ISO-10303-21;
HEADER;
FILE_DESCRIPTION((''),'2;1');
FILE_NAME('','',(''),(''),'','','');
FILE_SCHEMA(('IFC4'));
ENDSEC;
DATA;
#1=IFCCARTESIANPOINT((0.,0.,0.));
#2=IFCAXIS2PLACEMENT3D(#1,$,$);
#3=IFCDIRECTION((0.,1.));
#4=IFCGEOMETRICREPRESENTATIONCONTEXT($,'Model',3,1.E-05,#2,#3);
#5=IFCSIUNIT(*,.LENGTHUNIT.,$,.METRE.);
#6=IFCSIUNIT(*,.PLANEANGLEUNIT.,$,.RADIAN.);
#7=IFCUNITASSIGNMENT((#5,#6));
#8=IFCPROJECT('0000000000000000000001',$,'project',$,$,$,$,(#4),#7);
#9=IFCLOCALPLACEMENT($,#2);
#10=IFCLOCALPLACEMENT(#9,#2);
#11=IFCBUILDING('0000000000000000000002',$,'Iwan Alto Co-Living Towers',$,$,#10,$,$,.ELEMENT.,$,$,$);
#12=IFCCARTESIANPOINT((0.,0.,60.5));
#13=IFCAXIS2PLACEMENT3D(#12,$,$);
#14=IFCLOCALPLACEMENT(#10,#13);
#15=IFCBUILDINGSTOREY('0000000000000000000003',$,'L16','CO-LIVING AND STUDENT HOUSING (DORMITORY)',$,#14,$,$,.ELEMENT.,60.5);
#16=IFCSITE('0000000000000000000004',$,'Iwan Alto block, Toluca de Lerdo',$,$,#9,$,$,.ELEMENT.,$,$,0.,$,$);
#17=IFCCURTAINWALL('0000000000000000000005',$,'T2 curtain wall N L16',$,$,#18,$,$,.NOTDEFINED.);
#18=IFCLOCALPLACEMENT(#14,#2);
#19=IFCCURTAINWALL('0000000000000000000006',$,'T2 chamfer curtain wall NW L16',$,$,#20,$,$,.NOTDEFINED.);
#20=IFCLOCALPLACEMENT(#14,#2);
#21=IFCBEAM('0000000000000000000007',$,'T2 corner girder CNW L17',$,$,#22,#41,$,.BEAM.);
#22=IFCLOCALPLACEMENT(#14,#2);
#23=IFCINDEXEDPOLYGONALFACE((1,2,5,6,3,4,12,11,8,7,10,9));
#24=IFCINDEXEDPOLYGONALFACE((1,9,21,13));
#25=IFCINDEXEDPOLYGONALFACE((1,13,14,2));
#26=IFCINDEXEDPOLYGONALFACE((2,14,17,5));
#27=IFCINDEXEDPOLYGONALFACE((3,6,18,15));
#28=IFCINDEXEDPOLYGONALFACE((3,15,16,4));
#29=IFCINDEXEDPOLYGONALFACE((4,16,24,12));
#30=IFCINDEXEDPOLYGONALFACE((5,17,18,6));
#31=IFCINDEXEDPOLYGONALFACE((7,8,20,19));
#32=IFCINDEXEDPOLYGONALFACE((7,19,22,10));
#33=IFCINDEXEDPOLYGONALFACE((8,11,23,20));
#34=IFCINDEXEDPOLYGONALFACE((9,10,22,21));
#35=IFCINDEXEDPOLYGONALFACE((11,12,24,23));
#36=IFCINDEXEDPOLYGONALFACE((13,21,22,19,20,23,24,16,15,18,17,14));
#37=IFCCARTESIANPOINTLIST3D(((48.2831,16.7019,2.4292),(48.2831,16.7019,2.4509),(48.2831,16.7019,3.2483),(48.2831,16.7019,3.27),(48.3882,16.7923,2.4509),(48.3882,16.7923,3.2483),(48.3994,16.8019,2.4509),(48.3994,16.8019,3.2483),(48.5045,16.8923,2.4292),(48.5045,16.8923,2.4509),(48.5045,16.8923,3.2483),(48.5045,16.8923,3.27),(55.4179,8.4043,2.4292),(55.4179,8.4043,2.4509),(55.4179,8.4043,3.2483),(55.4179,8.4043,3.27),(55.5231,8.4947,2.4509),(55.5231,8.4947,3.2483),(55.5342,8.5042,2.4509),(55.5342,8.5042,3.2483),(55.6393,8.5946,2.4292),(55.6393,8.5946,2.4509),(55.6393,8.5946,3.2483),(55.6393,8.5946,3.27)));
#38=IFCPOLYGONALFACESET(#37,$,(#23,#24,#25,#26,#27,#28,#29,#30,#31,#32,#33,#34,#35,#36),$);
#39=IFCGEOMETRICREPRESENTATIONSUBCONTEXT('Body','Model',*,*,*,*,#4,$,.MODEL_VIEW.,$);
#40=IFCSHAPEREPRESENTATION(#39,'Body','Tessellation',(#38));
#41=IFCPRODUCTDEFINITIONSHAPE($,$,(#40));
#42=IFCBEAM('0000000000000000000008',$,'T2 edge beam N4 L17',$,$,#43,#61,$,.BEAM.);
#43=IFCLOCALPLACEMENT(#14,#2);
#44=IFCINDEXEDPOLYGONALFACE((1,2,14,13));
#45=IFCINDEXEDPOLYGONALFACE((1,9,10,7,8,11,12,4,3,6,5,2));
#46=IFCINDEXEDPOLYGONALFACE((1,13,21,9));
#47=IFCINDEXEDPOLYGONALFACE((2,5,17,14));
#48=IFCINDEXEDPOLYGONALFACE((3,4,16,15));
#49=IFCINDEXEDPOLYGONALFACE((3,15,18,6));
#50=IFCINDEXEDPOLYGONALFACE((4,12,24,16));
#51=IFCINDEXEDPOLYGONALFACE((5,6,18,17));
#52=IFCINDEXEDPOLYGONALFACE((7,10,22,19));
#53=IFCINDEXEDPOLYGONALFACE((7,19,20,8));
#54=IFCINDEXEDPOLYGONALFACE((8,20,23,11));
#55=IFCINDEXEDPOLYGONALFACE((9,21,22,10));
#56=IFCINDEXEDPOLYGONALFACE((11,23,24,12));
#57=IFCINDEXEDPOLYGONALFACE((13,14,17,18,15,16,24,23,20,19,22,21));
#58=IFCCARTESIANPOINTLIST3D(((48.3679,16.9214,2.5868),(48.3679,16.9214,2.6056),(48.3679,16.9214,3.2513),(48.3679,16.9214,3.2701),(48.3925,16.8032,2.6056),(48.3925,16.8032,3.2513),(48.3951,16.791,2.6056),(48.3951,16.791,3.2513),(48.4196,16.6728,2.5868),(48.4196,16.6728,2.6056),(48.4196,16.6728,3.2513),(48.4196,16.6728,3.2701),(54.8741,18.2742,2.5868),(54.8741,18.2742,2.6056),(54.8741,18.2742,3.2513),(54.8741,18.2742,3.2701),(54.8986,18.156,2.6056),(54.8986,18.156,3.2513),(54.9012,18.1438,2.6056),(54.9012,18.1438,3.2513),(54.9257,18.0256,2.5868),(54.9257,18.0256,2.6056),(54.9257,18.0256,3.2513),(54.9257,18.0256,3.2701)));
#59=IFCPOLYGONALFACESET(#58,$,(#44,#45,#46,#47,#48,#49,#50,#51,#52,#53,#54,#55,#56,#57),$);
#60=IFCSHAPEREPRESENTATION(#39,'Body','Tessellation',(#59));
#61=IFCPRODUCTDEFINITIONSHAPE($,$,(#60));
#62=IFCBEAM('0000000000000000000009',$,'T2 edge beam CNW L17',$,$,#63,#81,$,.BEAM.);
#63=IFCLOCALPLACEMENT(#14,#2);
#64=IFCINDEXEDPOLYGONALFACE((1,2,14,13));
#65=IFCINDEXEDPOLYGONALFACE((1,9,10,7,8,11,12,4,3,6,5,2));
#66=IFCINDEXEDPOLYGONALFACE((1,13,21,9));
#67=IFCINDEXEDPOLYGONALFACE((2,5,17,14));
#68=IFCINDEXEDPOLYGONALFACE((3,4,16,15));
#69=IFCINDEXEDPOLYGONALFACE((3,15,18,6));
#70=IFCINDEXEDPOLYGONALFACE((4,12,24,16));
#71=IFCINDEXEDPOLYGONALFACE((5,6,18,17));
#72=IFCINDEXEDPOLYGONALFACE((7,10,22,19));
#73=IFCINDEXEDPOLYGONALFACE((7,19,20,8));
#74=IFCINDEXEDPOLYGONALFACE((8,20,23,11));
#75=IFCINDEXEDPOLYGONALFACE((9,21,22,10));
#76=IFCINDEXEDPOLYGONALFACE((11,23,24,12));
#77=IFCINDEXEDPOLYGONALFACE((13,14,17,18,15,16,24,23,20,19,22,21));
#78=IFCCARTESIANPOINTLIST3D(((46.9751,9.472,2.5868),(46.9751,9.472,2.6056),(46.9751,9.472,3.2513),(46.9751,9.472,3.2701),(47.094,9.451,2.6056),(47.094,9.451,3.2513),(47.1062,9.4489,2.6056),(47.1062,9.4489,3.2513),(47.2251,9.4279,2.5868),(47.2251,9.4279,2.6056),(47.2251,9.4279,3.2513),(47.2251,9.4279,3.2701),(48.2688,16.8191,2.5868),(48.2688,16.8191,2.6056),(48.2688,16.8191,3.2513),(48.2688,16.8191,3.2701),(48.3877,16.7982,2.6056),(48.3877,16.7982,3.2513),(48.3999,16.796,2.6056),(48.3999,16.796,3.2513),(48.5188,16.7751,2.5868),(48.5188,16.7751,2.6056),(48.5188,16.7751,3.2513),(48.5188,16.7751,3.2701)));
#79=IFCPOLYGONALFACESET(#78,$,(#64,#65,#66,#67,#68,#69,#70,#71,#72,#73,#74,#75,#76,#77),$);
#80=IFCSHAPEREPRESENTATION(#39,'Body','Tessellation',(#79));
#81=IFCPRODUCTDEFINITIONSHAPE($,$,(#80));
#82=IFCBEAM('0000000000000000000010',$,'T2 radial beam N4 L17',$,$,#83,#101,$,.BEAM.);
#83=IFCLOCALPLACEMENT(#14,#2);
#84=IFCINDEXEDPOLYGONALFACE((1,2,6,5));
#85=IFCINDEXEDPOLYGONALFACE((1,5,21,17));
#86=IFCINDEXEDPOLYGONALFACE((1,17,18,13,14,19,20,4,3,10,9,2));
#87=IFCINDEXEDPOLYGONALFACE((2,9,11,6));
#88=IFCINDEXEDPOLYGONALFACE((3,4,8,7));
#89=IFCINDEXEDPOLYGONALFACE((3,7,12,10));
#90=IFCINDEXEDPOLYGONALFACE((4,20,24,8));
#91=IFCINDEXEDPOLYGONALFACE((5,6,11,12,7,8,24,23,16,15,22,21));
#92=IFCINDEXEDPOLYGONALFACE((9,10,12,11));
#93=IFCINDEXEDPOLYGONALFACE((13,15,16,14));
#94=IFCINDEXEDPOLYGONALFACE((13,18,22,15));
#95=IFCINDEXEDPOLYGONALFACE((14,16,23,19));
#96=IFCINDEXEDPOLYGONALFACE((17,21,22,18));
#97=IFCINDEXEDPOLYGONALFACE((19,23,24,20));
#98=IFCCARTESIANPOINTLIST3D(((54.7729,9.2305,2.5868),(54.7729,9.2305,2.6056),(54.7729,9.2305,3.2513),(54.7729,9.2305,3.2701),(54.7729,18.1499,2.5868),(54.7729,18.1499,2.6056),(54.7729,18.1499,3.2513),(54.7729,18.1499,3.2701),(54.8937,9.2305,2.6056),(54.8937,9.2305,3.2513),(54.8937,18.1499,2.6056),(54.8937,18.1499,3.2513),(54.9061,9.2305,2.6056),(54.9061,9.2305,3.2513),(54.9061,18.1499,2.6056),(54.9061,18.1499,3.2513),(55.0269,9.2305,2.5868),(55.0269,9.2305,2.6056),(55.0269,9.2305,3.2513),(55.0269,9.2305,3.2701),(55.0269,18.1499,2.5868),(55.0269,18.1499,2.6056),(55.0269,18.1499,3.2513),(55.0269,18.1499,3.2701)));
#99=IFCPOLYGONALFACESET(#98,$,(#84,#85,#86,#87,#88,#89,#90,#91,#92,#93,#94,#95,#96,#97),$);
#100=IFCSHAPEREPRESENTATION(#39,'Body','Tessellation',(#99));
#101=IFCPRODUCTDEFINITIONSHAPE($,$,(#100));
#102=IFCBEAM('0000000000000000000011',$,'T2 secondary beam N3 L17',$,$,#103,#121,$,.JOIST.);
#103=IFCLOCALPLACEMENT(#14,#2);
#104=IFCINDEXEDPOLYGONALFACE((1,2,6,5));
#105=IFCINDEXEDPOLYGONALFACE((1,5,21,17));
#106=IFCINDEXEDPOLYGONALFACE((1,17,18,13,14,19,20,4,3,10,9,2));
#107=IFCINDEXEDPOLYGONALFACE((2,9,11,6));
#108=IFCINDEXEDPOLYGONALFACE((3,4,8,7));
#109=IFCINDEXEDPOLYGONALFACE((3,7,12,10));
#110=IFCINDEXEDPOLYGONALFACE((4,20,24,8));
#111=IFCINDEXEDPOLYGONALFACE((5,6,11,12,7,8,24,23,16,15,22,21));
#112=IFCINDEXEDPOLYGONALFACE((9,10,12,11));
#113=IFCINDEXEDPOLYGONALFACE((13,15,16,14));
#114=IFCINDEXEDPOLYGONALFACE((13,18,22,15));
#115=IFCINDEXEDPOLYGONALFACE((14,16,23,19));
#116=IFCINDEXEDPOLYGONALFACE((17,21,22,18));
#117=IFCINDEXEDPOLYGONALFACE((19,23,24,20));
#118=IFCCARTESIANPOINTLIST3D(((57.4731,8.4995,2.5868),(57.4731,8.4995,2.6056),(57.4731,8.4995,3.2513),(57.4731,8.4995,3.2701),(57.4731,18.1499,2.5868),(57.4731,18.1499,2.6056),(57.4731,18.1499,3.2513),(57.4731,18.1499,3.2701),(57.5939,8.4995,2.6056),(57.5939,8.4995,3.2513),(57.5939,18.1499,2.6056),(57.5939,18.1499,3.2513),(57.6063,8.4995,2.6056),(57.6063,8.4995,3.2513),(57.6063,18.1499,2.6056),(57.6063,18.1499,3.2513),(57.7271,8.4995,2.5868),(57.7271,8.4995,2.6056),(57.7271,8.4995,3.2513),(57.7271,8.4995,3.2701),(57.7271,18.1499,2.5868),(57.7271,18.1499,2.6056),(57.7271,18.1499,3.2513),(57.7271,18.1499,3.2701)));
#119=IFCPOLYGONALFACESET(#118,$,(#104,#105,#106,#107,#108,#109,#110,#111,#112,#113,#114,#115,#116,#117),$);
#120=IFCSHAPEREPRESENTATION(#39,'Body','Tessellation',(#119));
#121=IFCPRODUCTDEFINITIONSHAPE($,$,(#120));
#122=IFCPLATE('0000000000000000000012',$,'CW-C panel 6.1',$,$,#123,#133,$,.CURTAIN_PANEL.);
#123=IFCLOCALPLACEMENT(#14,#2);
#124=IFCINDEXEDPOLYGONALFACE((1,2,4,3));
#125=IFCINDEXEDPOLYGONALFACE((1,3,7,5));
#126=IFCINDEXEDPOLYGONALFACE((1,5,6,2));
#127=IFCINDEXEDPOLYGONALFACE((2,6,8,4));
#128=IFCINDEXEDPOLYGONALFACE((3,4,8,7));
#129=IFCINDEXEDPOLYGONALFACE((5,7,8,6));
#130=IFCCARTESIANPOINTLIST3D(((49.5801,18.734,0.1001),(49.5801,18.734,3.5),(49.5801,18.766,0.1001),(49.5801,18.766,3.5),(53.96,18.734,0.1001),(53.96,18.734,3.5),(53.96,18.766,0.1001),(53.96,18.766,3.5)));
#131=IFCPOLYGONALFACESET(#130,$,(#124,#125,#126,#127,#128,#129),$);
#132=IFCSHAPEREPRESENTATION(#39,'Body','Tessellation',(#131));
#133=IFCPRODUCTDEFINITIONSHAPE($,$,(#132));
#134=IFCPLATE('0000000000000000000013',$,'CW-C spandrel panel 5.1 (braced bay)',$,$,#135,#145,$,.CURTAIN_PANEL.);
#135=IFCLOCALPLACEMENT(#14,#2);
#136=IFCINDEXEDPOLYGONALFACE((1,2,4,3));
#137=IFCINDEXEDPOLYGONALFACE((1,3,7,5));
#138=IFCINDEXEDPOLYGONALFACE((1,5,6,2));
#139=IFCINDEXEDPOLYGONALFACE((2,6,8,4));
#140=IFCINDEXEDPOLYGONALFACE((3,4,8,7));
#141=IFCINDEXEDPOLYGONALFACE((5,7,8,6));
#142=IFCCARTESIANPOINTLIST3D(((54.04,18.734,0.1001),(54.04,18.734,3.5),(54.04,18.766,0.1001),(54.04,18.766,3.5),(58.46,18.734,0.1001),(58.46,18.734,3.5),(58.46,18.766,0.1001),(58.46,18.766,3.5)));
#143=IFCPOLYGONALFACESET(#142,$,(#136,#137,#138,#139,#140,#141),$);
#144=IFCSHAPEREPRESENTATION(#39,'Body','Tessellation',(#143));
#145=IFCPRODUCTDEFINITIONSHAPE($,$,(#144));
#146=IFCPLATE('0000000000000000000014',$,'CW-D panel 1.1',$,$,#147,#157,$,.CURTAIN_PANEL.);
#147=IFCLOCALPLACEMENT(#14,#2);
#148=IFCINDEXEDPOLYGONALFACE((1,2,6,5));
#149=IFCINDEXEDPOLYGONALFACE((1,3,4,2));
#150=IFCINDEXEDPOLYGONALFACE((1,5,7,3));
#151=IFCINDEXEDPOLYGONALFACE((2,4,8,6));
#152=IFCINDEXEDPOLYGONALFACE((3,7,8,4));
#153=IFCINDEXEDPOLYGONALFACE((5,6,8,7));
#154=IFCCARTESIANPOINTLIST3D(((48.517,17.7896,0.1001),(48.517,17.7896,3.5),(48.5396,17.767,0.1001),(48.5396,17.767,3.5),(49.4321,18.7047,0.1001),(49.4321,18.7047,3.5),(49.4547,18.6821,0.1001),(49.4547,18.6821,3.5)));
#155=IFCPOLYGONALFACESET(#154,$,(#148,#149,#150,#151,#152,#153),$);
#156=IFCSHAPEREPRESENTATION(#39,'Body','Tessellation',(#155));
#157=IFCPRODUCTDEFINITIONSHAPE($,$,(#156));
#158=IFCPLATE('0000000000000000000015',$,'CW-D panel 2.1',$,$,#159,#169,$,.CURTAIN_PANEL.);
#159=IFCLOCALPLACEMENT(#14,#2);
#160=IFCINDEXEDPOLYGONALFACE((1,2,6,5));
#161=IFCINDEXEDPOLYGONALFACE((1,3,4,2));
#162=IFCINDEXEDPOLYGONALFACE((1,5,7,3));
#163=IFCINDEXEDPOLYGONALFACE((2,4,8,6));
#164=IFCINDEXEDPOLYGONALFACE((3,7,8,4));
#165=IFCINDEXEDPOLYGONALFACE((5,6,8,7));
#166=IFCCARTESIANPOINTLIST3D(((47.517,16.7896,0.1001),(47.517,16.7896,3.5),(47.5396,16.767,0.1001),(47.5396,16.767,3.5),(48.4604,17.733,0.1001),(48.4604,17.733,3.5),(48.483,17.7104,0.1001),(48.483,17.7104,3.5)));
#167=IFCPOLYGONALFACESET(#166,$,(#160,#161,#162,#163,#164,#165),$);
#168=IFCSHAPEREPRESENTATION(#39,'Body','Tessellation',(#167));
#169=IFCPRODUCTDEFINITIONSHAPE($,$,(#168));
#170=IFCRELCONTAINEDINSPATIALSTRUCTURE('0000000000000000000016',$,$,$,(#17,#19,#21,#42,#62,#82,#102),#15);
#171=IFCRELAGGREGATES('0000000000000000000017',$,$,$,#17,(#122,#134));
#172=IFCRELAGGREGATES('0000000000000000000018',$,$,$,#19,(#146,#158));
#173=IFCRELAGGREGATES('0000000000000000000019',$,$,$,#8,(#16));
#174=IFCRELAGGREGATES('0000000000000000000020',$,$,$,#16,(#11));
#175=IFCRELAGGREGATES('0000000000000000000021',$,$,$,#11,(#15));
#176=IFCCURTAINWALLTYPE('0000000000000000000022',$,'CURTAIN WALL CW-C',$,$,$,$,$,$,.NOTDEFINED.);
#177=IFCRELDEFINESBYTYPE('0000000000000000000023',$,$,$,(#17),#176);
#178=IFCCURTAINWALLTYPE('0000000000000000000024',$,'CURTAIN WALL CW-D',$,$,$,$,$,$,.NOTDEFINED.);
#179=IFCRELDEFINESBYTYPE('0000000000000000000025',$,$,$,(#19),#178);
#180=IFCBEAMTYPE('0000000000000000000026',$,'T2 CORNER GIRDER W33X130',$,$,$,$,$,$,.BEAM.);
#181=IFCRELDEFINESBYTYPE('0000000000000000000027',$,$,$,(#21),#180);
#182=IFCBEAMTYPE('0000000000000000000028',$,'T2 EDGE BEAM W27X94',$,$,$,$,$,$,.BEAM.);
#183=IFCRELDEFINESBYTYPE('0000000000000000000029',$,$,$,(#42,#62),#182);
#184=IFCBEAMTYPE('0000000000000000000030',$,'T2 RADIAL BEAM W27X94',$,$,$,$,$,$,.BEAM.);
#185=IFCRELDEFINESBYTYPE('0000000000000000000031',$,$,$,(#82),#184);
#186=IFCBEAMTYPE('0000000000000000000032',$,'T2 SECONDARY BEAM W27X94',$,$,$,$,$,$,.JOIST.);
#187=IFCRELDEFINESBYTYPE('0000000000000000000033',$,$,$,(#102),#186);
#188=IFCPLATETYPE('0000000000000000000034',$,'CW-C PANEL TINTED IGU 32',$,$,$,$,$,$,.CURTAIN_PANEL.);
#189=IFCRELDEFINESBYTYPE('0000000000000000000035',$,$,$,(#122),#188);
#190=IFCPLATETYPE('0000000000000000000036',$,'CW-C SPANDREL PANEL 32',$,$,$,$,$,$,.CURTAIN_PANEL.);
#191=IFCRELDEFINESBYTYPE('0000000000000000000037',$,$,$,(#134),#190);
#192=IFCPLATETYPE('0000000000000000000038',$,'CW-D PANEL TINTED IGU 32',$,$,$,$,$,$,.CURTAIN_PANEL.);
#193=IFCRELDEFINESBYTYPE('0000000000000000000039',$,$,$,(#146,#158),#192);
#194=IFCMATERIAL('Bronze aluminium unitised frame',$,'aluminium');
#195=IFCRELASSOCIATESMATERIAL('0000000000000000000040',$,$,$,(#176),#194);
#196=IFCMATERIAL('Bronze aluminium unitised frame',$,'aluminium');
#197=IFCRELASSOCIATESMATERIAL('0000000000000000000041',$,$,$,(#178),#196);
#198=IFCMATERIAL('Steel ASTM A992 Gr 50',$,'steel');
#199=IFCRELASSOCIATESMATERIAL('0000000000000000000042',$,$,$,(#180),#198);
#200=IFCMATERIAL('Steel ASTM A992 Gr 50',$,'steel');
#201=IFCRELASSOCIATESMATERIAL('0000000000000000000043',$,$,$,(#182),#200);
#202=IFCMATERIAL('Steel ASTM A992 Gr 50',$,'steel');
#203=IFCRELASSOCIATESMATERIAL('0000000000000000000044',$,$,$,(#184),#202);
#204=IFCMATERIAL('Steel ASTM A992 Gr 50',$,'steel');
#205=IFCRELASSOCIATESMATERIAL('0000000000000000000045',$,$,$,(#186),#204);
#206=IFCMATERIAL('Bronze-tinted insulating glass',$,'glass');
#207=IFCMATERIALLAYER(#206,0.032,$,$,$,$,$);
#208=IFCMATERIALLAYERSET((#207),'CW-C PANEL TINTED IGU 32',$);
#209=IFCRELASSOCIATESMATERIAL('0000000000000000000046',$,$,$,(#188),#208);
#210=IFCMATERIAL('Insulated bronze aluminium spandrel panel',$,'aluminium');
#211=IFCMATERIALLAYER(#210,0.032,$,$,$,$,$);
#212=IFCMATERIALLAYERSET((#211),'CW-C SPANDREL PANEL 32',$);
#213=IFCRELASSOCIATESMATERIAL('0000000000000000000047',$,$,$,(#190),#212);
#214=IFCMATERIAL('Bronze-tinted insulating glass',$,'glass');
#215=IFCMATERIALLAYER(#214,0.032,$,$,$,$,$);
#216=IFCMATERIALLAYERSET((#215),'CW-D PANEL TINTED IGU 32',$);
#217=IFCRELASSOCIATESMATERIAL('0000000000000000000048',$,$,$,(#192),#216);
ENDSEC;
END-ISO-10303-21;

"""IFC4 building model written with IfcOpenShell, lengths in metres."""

from ifc_helpers import new_model, si_unit, direction, frame, origin, origin_2d, place, context, subcontext, project, spatial, rectangle, i_section, extrude, material, layer, layer_set, material_profile, profile_set, type_object, element, aggregate, save


model = new_model("IFC4")

# Units and contexts
model_context = context("Model", 3, precision=1e-05, world=origin(), true_north=direction((0.0, 1.0)))
body_context = subcontext(model_context, "Body", "Model", "MODEL_VIEW")
ifc_project = project(units=[si_unit("LENGTHUNIT", "METRE"), si_unit("PLANEANGLEUNIT", "RADIAN")], contexts=[model_context])

# Site, building, storey
site_placement = place(None, origin())
site = spatial("IfcSite", under=ifc_project, at=site_placement, Name="Iwan Alto block, Toluca de Lerdo", CompositionType="ELEMENT", RefElevation=0.0)
building_placement = place(site_placement, origin())
building = spatial("IfcBuilding", under=site, at=building_placement, Name="Iwan Alto Co-Living Towers", CompositionType="ELEMENT")
storey_placement = place(building_placement, frame((0.0, 0.0, 60.5)))
storey = spatial("IfcBuildingStorey", under=building, at=storey_placement, Name="L16", Description="CO-LIVING AND STUDENT HOUSING (DORMITORY)", CompositionType="ELEMENT", Elevation=60.5)

# Curtain walls
ifc_material_1 = material(Name="Bronze aluminium unitised frame", Category="aluminium")
curtain_wall_type_1 = type_object("IfcCurtainWallType", Name="CURTAIN WALL CW-C", PredefinedType="NOTDEFINED", material=ifc_material_1)
curtain_wall_1_placement = place(storey_placement, origin())
curtain_wall_1 = element("IfcCurtainWall", 1, at=curtain_wall_1_placement, inside=storey, type_object=curtain_wall_type_1, Name="T2 curtain wall N L16", PredefinedType="NOTDEFINED")
ifc_material_2 = material(Name="Bronze aluminium unitised frame", Category="aluminium")
curtain_wall_type_2 = type_object("IfcCurtainWallType", Name="CURTAIN WALL CW-D", PredefinedType="NOTDEFINED", material=ifc_material_2)
curtain_wall_2_placement = place(storey_placement, origin())
curtain_wall_2 = element("IfcCurtainWall", 2, at=curtain_wall_2_placement, inside=storey, type_object=curtain_wall_type_2, Name="T2 chamfer curtain wall NW L16", PredefinedType="NOTDEFINED")

# Beams
ifc_material_3 = material(Name="Steel ASTM A992 Gr 50", Category="steel")
ifc_material_profile_1 = material_profile(ifc_material_3, i_section(OverallWidth=0.292, OverallDepth=0.8408, WebThickness=0.0146, FlangeThickness=0.0217, at=origin_2d()), Name="W33X130")
ifc_profile_set_1 = profile_set([ifc_material_profile_1], Name="Steel ASTM A992 Gr 50")
beam_type_1 = type_object("IfcBeamType", Name="T2 CORNER GIRDER W33X130", PredefinedType="BEAM", material=ifc_profile_set_1)
beam_1_placement = place(storey_placement, frame((48.3938, 16.7971, 2.8496), z_axis=(0.651977, -0.758238, 0.0), x_axis=(0.758238, 0.651977, 0.0)))
element("IfcBeam", 3, at=beam_1_placement, inside=storey, type_object=beam_type_1, Name="T2 corner girder CNW L17", PredefinedType="BEAM", context=body_context, shape_type="SweptSolid", body=[
    extrude(i_section(OverallWidth=0.292, OverallDepth=0.8408, WebThickness=0.0146, FlangeThickness=0.0217, at=origin_2d()), origin(), (0.0, 0.0, 1.0), 10.9434),
])
ifc_material_4 = material(Name="Steel ASTM A992 Gr 50", Category="steel")
ifc_material_profile_2 = material_profile(ifc_material_4, i_section(OverallWidth=0.2539, OverallDepth=0.6833, WebThickness=0.0125, FlangeThickness=0.0188, at=origin_2d()), Name="W27X94")
ifc_profile_set_2 = profile_set([ifc_material_profile_2], Name="Steel ASTM A992 Gr 50")
beam_type_2 = type_object("IfcBeamType", Name="T2 EDGE BEAM W27X94", PredefinedType="BEAM", material=ifc_profile_set_2)
beam_2_placement = place(storey_placement, frame((54.8999, 18.1499, 2.9285), z_axis=(-0.97906, -0.203571, 0.0), x_axis=(0.203571, -0.97906, 0.0)))
element("IfcBeam", 4, at=beam_2_placement, inside=storey, type_object=beam_type_2, Name="T2 edge beam N4 L17", PredefinedType="BEAM", context=body_context, shape_type="SweptSolid", body=[
    extrude(i_section(OverallWidth=0.2539, OverallDepth=0.6833, WebThickness=0.0125, FlangeThickness=0.0188, at=origin_2d()), origin(), (0.0, 0.0, 1.0), 6.6453),
])
beam_3_placement = place(storey_placement, frame((48.3938, 16.7971, 2.9285), z_axis=(-0.173414, -0.984849, 0.0), x_axis=(0.984849, -0.173414, 0.0)))
element("IfcBeam", 5, at=beam_3_placement, inside=storey, type_object=beam_type_2, Name="T2 edge beam CNW L17", PredefinedType="BEAM", context=body_context, shape_type="SweptSolid", body=[
    extrude(i_section(OverallWidth=0.2539, OverallDepth=0.6833, WebThickness=0.0125, FlangeThickness=0.0188, at=origin_2d()), origin(), (0.0, 0.0, 1.0), 7.4602),
])
ifc_material_5 = material(Name="Steel ASTM A992 Gr 50", Category="steel")
ifc_material_profile_3 = material_profile(ifc_material_5, i_section(OverallWidth=0.2539, OverallDepth=0.6833, WebThickness=0.0125, FlangeThickness=0.0188, at=origin_2d()), Name="W27X94")
ifc_profile_set_3 = profile_set([ifc_material_profile_3], Name="Steel ASTM A992 Gr 50")
beam_type_3 = type_object("IfcBeamType", Name="T2 RADIAL BEAM W27X94", PredefinedType="BEAM", material=ifc_profile_set_3)
beam_4_placement = place(storey_placement, frame((54.8999, 18.1499, 2.9285), z_axis=(0.0, -1.0, 0.0), x_axis=(1.0, 0.0, 0.0)))
element("IfcBeam", 6, at=beam_4_placement, inside=storey, type_object=beam_type_3, Name="T2 radial beam N4 L17", PredefinedType="BEAM", context=body_context, shape_type="SweptSolid", body=[
    extrude(i_section(OverallWidth=0.2539, OverallDepth=0.6833, WebThickness=0.0125, FlangeThickness=0.0188, at=origin_2d()), origin(), (0.0, 0.0, 1.0), 8.9194),
])
ifc_material_6 = material(Name="Steel ASTM A992 Gr 50", Category="steel")
ifc_material_profile_4 = material_profile(ifc_material_6, i_section(OverallWidth=0.2539, OverallDepth=0.6833, WebThickness=0.0125, FlangeThickness=0.0188, at=origin_2d()), Name="W27X94")
ifc_profile_set_4 = profile_set([ifc_material_profile_4], Name="Steel ASTM A992 Gr 50")
beam_type_4 = type_object("IfcBeamType", Name="T2 SECONDARY BEAM W27X94", PredefinedType="JOIST", material=ifc_profile_set_4)
beam_5_placement = place(storey_placement, frame((57.6001, 18.1499, 2.9285), z_axis=(0.0, -1.0, 0.0), x_axis=(1.0, 0.0, 0.0)))
element("IfcBeam", 7, at=beam_5_placement, inside=storey, type_object=beam_type_4, Name="T2 secondary beam N3 L17", PredefinedType="JOIST", context=body_context, shape_type="SweptSolid", body=[
    extrude(i_section(OverallWidth=0.2539, OverallDepth=0.6833, WebThickness=0.0125, FlangeThickness=0.0188, at=origin_2d()), origin(), (0.0, 0.0, 1.0), 9.6504),
])

# Plates
ifc_material_7 = material(Name="Bronze-tinted insulating glass", Category="glass")
ifc_layer_1 = layer(ifc_material_7, 0.032)
ifc_layer_set_1 = layer_set([ifc_layer_1], Name="CW-C PANEL TINTED IGU 32")
plate_type_1 = type_object("IfcPlateType", Name="CW-C PANEL TINTED IGU 32", PredefinedType="CURTAIN_PANEL", material=ifc_layer_set_1)
plate_1_placement = place(storey_placement, frame((51.77, 18.75, 0.1001), z_axis=(0.0, 0.0, 1.0), x_axis=(-1.0, 0.0, 0.0)))
plate_1 = element("IfcPlate", 8, at=plate_1_placement, type_object=plate_type_1, Name="CW-C panel 6.1", PredefinedType="CURTAIN_PANEL", context=body_context, shape_type="SweptSolid", body=[
    extrude(rectangle(XDim=4.3799, YDim=0.032, at=origin_2d()), origin(), (0.0, 0.0, 1.0), 3.3999),
])
ifc_material_8 = material(Name="Insulated bronze aluminium spandrel panel", Category="aluminium")
ifc_layer_2 = layer(ifc_material_8, 0.032)
ifc_layer_set_2 = layer_set([ifc_layer_2], Name="CW-C SPANDREL PANEL 32")
plate_type_2 = type_object("IfcPlateType", Name="CW-C SPANDREL PANEL 32", PredefinedType="CURTAIN_PANEL", material=ifc_layer_set_2)
plate_2_placement = place(storey_placement, frame((56.25, 18.75, 0.1001), z_axis=(0.0, 0.0, 1.0), x_axis=(-1.0, 0.0, 0.0)))
plate_2 = element("IfcPlate", 9, at=plate_2_placement, type_object=plate_type_2, Name="CW-C spandrel panel 5.1 (braced bay)", PredefinedType="CURTAIN_PANEL", context=body_context, shape_type="SweptSolid", body=[
    extrude(rectangle(XDim=4.4199, YDim=0.032, at=origin_2d()), origin(), (0.0, 0.0, 1.0), 3.3999),
])
aggregate(curtain_wall_1, [plate_1, plate_2])
ifc_material_9 = material(Name="Bronze-tinted insulating glass", Category="glass")
ifc_layer_3 = layer(ifc_material_9, 0.032)
ifc_layer_set_3 = layer_set([ifc_layer_3], Name="CW-D PANEL TINTED IGU 32")
plate_type_3 = type_object("IfcPlateType", Name="CW-D PANEL TINTED IGU 32", PredefinedType="CURTAIN_PANEL", material=ifc_layer_set_3)
plate_3_placement = place(storey_placement, frame((48.9858, 18.2358, 0.1001), z_axis=(0.0, 0.0, 1.0), x_axis=(-0.707107, -0.707107, 0.0)))
plate_3 = element("IfcPlate", 10, at=plate_3_placement, type_object=plate_type_3, Name="CW-D panel 1.1", PredefinedType="CURTAIN_PANEL", context=body_context, shape_type="SweptSolid", body=[
    extrude(rectangle(XDim=1.2942, YDim=0.032, at=origin_2d()), origin(), (0.0, 0.0, 1.0), 3.3999),
])
plate_4_placement = place(storey_placement, frame((48.0, 17.25, 0.1001), z_axis=(0.0, 0.0, 1.0), x_axis=(-0.707107, -0.707107, 0.0)))
plate_4 = element("IfcPlate", 11, at=plate_4_placement, type_object=plate_type_3, Name="CW-D panel 2.1", PredefinedType="CURTAIN_PANEL", context=body_context, shape_type="SweptSolid", body=[
    extrude(rectangle(XDim=1.3342, YDim=0.032, at=origin_2d()), origin(), (0.0, 0.0, 1.0), 3.3999),
])
aggregate(curtain_wall_2, [plate_3, plate_4])

save(model, "model.ifc")
